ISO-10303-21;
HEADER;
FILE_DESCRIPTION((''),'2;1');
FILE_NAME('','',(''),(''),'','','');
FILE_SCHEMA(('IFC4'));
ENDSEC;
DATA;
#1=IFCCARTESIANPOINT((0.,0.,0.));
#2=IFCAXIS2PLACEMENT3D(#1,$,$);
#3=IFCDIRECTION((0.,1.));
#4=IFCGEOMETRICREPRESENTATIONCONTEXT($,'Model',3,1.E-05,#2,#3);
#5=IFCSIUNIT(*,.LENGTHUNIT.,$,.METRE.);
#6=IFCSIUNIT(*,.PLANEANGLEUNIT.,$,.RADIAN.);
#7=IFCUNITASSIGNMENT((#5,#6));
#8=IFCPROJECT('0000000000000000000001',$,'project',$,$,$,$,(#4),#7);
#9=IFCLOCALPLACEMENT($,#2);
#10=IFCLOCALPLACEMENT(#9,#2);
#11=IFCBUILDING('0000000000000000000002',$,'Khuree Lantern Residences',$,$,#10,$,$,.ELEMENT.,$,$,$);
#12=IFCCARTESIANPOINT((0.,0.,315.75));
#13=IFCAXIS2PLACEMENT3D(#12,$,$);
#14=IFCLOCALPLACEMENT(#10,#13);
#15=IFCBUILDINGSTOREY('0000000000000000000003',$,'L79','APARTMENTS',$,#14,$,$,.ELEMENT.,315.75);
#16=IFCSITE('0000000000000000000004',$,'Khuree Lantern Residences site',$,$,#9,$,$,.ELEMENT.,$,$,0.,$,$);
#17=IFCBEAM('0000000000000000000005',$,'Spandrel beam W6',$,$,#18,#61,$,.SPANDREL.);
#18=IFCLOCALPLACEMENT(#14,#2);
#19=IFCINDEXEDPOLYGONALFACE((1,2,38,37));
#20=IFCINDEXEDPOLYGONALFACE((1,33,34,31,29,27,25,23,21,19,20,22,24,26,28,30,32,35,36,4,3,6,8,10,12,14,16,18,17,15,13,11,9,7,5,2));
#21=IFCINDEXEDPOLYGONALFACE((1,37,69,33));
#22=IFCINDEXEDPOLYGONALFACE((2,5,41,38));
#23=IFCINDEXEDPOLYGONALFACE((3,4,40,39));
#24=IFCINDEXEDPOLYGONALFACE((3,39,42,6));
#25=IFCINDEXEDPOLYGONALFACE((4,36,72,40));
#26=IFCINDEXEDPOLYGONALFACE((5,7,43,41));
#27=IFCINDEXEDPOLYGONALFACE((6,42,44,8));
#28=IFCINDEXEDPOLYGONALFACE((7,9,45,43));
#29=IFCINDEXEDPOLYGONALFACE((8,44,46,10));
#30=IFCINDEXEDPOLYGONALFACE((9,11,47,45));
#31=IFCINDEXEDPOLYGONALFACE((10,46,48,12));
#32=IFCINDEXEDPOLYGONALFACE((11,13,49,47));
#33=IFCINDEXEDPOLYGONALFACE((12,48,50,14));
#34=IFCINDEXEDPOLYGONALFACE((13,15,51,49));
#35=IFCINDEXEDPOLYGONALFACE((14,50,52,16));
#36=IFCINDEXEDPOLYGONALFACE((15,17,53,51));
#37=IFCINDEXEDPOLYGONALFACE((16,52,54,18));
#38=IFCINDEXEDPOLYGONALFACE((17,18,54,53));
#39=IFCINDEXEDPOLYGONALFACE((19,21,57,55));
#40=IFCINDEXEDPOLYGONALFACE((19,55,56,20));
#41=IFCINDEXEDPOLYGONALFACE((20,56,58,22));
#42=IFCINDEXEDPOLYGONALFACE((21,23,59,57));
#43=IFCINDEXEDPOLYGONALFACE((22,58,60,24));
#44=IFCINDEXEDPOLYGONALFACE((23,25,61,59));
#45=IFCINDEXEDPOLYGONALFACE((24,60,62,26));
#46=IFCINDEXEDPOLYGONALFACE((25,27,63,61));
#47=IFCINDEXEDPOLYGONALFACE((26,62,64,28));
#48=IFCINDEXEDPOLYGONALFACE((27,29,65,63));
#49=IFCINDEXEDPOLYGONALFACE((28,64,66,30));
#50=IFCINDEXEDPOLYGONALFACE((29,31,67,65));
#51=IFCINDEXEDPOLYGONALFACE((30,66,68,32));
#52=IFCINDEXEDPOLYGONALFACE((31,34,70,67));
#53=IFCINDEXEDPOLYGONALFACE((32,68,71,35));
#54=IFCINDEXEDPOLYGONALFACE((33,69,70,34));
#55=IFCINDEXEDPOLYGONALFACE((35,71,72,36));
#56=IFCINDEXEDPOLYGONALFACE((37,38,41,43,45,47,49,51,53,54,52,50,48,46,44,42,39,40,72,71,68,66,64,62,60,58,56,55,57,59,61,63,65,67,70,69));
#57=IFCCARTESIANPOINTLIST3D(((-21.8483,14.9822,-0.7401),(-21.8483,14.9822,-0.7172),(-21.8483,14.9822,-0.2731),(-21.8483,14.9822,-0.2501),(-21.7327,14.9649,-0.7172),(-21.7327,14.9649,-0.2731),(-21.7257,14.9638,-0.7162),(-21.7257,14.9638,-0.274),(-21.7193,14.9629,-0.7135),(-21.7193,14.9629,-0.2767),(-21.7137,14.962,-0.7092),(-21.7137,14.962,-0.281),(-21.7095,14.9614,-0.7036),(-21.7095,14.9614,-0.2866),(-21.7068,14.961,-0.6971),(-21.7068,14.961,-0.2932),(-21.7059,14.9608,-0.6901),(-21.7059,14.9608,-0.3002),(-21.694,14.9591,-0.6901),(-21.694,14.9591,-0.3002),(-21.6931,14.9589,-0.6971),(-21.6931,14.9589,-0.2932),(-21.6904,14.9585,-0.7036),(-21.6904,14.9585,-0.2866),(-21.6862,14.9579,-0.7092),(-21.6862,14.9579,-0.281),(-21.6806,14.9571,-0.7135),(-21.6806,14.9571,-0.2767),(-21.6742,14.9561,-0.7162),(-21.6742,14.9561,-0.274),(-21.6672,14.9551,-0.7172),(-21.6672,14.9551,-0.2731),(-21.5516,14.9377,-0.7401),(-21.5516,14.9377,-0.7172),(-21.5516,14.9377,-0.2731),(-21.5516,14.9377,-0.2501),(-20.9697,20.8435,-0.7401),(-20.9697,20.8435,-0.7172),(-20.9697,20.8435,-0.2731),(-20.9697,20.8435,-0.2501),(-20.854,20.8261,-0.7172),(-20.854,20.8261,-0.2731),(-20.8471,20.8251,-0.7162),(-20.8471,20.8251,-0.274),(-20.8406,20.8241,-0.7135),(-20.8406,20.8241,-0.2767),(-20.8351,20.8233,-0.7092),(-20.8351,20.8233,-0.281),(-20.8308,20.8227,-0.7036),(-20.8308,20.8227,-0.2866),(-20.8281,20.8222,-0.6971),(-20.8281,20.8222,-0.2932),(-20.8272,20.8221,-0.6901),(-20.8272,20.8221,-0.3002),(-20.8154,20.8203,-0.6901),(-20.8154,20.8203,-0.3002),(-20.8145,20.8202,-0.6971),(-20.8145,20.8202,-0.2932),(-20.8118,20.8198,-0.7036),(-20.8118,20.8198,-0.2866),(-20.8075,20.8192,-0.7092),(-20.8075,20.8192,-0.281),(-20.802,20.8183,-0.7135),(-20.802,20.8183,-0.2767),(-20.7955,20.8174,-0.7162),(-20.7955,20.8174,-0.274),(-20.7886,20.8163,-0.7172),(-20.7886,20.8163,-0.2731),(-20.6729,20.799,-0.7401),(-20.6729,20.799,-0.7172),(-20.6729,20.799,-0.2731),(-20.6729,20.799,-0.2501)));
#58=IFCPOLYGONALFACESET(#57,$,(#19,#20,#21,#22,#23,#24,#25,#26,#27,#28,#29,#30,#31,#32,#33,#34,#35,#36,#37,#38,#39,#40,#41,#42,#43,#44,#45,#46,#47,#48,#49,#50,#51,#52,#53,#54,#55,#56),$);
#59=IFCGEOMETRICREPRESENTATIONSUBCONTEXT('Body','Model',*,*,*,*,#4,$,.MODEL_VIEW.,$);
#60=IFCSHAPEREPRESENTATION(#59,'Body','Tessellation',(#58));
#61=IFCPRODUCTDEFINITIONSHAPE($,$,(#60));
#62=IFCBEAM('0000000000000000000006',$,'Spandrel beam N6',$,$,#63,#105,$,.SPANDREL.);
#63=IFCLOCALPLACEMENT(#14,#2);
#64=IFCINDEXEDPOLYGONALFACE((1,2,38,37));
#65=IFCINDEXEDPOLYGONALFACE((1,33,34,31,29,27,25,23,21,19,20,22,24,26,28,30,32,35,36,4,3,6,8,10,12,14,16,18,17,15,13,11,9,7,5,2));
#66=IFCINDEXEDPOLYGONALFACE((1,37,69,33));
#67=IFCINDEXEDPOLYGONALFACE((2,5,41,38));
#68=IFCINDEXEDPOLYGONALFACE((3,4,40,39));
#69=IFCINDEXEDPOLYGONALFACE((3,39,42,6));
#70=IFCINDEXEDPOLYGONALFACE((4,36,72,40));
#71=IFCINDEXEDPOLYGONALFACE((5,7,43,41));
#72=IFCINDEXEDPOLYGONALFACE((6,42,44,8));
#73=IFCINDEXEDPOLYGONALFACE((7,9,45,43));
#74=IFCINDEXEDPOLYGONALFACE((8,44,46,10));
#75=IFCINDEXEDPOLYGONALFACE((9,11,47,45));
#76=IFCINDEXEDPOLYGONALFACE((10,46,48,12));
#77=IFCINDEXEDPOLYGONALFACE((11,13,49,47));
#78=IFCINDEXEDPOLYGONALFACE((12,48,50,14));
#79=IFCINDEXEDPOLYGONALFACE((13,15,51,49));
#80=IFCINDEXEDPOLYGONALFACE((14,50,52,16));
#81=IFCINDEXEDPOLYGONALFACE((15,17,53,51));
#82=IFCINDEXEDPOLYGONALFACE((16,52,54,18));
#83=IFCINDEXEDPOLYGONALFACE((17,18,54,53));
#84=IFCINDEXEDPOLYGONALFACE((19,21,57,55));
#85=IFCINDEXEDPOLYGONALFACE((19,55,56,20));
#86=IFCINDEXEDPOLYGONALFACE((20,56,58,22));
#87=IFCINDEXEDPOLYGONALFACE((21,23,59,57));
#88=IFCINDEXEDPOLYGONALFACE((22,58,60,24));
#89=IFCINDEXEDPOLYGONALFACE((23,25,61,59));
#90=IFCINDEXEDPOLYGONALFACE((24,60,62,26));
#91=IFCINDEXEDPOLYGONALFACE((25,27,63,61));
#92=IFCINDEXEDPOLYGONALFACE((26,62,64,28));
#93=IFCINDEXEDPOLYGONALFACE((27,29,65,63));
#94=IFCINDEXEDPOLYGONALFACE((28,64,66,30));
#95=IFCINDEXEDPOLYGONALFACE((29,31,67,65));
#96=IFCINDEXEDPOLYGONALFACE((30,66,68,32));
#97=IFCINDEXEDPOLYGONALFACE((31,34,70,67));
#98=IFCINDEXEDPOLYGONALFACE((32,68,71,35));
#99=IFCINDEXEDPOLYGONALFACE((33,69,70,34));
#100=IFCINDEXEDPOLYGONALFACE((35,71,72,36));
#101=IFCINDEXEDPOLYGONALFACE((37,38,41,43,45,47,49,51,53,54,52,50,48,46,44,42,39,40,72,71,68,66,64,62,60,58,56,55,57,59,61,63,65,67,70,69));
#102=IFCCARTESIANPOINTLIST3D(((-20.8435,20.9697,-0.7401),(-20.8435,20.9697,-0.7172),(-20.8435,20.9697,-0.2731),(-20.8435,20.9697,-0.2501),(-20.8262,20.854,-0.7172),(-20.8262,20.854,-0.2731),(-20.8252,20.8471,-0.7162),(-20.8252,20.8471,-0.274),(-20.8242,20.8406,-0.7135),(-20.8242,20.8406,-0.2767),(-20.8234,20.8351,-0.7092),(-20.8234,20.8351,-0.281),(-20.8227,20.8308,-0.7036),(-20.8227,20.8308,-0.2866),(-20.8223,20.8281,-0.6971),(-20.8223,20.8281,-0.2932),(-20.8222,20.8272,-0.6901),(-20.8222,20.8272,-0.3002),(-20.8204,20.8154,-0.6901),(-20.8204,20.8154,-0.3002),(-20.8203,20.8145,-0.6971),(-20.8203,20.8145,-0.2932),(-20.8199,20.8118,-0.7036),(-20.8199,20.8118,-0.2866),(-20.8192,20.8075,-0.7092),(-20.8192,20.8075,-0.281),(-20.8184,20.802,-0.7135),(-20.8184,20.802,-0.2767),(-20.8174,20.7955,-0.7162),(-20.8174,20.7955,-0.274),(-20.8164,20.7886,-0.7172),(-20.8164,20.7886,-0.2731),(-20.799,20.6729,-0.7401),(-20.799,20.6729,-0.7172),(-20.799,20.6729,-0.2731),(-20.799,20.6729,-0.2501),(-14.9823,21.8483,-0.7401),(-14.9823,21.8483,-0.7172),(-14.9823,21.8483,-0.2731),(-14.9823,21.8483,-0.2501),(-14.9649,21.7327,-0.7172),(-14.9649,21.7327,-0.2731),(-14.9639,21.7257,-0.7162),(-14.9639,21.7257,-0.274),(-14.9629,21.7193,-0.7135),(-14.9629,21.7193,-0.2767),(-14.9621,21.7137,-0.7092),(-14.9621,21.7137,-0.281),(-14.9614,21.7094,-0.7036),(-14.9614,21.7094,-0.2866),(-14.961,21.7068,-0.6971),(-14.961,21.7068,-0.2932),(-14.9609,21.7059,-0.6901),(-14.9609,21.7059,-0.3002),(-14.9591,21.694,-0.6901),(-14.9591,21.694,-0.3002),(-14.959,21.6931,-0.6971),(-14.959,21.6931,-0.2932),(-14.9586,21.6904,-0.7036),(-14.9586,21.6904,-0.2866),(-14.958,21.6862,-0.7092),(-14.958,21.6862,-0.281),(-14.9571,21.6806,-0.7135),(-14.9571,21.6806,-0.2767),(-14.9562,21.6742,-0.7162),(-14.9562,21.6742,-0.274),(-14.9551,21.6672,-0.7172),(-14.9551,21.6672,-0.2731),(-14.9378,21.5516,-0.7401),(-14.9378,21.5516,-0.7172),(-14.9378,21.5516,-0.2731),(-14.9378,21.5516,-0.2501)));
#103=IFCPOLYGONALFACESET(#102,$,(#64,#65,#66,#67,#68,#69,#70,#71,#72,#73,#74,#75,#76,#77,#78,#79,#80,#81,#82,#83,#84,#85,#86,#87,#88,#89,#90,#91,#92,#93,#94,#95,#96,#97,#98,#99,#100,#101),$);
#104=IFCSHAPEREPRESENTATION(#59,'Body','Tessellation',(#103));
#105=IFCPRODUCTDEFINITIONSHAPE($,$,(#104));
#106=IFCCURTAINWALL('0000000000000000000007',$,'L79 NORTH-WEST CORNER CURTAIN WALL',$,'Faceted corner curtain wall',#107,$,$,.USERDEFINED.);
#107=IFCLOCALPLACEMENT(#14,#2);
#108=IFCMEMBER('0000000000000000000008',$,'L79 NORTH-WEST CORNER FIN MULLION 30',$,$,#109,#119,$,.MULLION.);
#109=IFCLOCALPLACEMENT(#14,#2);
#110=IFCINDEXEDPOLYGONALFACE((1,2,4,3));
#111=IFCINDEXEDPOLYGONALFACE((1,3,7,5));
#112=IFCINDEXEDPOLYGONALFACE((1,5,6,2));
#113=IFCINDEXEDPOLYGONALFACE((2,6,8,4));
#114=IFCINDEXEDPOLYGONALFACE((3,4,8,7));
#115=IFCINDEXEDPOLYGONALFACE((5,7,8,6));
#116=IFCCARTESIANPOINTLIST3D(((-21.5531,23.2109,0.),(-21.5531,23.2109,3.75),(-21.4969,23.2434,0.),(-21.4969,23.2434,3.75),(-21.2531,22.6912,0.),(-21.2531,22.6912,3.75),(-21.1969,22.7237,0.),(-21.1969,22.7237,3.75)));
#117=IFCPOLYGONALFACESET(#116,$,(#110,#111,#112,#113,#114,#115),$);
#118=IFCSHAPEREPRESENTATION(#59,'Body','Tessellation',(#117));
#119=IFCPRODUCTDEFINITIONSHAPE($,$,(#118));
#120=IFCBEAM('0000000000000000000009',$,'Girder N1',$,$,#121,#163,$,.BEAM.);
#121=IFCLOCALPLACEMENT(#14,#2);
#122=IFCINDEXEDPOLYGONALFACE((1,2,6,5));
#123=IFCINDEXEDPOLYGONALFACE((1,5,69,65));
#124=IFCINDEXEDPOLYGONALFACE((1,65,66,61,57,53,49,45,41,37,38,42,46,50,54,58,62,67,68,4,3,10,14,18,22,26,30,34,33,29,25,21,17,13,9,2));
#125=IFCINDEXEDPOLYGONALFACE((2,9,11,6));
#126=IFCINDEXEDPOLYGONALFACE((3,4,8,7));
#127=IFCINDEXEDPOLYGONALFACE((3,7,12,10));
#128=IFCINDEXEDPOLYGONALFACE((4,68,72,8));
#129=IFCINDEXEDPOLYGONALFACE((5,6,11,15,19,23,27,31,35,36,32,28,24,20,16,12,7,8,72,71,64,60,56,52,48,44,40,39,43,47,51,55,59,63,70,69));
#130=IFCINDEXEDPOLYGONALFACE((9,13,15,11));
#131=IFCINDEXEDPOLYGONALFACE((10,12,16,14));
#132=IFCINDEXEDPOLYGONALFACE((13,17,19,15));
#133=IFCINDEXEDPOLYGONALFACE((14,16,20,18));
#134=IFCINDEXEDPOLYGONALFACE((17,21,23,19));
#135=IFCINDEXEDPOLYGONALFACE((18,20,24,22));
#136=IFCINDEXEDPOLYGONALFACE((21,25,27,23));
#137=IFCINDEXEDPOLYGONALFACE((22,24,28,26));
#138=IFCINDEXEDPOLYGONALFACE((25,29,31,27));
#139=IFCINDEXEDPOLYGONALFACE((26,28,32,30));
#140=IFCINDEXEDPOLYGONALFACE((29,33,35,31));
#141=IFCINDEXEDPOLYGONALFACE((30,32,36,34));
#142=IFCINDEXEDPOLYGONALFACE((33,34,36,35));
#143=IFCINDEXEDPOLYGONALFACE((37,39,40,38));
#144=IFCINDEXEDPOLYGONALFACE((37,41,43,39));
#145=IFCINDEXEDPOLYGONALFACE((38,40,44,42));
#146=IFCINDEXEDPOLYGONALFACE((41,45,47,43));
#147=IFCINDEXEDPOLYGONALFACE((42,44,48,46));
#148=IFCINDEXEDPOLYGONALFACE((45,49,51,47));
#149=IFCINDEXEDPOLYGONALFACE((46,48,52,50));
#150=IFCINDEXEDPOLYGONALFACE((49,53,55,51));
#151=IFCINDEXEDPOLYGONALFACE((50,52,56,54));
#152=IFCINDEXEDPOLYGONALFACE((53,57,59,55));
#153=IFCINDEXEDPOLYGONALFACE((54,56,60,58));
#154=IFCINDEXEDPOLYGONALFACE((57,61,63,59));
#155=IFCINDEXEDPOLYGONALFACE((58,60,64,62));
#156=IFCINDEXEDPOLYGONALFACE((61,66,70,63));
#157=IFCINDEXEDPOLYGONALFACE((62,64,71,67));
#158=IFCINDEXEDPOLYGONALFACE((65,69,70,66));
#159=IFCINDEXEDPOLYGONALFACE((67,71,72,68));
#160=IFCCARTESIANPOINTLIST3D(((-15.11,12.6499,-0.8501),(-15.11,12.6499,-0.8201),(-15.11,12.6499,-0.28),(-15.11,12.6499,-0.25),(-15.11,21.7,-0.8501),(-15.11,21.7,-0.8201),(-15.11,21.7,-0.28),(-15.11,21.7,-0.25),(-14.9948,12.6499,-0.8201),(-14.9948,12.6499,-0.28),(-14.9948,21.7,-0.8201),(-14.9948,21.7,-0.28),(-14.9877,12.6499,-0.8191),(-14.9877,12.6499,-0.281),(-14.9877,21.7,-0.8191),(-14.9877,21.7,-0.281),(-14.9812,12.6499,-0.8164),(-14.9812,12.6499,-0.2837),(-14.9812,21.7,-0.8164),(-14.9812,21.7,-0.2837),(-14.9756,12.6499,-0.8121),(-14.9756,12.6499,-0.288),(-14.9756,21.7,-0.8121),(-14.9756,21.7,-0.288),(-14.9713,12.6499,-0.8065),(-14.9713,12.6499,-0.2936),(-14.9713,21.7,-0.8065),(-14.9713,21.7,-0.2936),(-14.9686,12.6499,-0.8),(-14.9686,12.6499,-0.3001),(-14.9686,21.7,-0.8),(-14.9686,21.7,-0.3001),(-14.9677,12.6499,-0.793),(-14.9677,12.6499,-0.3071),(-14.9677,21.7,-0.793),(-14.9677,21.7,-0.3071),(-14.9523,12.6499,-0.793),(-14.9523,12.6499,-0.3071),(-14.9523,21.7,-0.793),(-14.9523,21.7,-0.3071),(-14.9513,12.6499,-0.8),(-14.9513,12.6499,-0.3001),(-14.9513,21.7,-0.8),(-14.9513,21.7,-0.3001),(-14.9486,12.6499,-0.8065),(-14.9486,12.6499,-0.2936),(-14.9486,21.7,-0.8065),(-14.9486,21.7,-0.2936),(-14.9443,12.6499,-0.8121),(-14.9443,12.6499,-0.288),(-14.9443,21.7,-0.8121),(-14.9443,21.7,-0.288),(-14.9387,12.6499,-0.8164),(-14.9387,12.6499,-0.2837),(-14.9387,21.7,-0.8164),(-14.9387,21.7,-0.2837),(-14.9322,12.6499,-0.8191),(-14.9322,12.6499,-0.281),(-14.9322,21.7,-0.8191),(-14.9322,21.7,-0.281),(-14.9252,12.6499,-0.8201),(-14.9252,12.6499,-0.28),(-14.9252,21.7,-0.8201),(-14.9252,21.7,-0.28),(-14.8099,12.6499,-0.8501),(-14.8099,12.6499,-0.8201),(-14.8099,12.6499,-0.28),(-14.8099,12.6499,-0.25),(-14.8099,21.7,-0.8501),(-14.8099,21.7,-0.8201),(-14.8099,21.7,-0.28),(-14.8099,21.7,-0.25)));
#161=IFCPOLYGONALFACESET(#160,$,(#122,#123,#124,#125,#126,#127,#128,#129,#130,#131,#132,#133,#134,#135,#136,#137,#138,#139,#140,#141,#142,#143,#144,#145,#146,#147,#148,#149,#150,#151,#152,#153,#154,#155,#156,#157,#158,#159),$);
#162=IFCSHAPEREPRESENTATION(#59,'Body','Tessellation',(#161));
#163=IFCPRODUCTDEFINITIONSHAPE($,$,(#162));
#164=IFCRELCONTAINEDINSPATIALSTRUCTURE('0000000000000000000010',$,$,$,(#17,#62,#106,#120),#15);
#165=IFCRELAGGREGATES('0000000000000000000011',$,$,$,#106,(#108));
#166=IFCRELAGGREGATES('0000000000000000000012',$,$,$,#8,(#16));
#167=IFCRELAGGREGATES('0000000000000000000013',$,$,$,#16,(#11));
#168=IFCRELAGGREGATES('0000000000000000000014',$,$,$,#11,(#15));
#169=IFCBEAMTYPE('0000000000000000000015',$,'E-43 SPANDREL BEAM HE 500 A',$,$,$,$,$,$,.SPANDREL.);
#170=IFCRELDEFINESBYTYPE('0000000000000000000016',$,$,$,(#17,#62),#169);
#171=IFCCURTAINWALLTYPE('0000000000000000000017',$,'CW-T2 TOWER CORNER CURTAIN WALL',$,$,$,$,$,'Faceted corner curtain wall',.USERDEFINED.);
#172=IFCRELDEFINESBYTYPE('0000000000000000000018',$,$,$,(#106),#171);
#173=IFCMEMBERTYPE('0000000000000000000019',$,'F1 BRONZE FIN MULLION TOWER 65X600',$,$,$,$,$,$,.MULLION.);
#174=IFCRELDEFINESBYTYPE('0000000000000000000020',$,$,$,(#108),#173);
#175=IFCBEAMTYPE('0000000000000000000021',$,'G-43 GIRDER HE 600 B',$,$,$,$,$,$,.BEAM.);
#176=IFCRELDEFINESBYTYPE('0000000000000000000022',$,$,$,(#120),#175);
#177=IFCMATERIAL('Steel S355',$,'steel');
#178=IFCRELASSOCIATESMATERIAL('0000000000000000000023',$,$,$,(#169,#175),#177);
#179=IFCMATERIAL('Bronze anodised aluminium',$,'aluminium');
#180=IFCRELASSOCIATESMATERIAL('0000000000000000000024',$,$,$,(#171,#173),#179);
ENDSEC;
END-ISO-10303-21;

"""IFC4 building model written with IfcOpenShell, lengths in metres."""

from ifc_helpers import new_model, si_unit, direction, frame, origin, origin_2d, place, context, subcontext, project, spatial, rectangle, i_section, extrude, material, material_profile, profile_set, type_object, element, aggregate, save


model = new_model("IFC4")

# Units and contexts
model_context = context("Model", 3, precision=1e-05, world=origin(), true_north=direction((0.0, 1.0)))
body_context = subcontext(model_context, "Body", "Model", "MODEL_VIEW")
ifc_project = project(units=[si_unit("LENGTHUNIT", "METRE"), si_unit("PLANEANGLEUNIT", "RADIAN")], contexts=[model_context])

# Site, building, storey
site_placement = place(None, origin())
site = spatial("IfcSite", under=ifc_project, at=site_placement, Name="Khuree Lantern Residences site", CompositionType="ELEMENT", RefElevation=0.0)
building_placement = place(site_placement, origin())
building = spatial("IfcBuilding", under=site, at=building_placement, Name="Khuree Lantern Residences", CompositionType="ELEMENT")
storey_placement = place(building_placement, frame((0.0, 0.0, 315.75)))
storey = spatial("IfcBuildingStorey", under=building, at=storey_placement, Name="L79", Description="APARTMENTS", CompositionType="ELEMENT", Elevation=315.75)

# Beams
ifc_material_1 = material(Name="Steel S355", Category="steel")
ifc_material_profile_1 = material_profile(ifc_material_1, i_section(OverallWidth=0.3, OverallDepth=0.49, WebThickness=0.012, FlangeThickness=0.0229, FilletRadius=0.0271, at=origin_2d()), Name="HE 500 A")
ifc_profile_set_1 = profile_set([ifc_material_profile_1], Name="Steel S355")
beam_type_1 = type_object("IfcBeamType", Name="E-43 SPANDREL BEAM HE 500 A", PredefinedType="SPANDREL", material=ifc_profile_set_1)
for number, where, z_axis, x_axis, name in (
    (1, (-21.7, 14.96, -0.4951), (0.148252, 0.98895, 0.0), (-0.98895, 0.148252, 0.0), "Spandrel beam W6"),
    (2, (-20.8213, 20.8213, -0.4951), (0.98895, 0.148252, 0.0), (-0.148252, 0.98895, 0.0), "Spandrel beam N6"),
):
    element("IfcBeam", number, at=place(storey_placement, frame(where, z_axis=z_axis, x_axis=x_axis)), inside=storey, type_object=beam_type_1, Name=name, PredefinedType="SPANDREL", context=body_context, shape_type="SweptSolid", body=[
        extrude(i_section(OverallWidth=0.3, OverallDepth=0.49, WebThickness=0.012, FlangeThickness=0.0229, FilletRadius=0.0271, at=origin_2d()), origin(), (0.0, 0.0, 1.0), 5.9268),
    ])

# Curtain wall, member
ifc_material_2 = material(Name="Bronze anodised aluminium", Category="aluminium")
curtain_wall_type_1 = type_object("IfcCurtainWallType", Name="CW-T2 TOWER CORNER CURTAIN WALL", ElementType="Faceted corner curtain wall", PredefinedType="USERDEFINED", material=ifc_material_2)
curtain_wall_1_placement = place(storey_placement, origin())
curtain_wall_1 = element("IfcCurtainWall", 3, at=curtain_wall_1_placement, inside=storey, type_object=curtain_wall_type_1, Name="L79 NORTH-WEST CORNER CURTAIN WALL", ObjectType="Faceted corner curtain wall", PredefinedType="USERDEFINED")
ifc_material_profile_2 = material_profile(ifc_material_2, rectangle(XDim=0.0649, YDim=0.6001, at=origin_2d()), Name="F1 65X600")
ifc_profile_set_2 = profile_set([ifc_material_profile_2], Name="Bronze anodised aluminium")
member_type_1 = type_object("IfcMemberType", Name="F1 BRONZE FIN MULLION TOWER 65X600", PredefinedType="MULLION", material=ifc_profile_set_2)
member_1_placement = place(storey_placement, frame((-21.375, 22.9673, 0.0), z_axis=(0.0, 0.0, 1.0), x_axis=(-0.866025, -0.5, 0.0)))
member_1 = element("IfcMember", 4, at=member_1_placement, type_object=member_type_1, Name="L79 NORTH-WEST CORNER FIN MULLION 30", PredefinedType="MULLION", context=body_context, shape_type="SweptSolid", body=[
    extrude(rectangle(XDim=0.0649, YDim=0.6001, at=origin_2d()), origin(), (0.0, 0.0, 1.0), 3.75),
])

# Beam
ifc_material_profile_3 = material_profile(ifc_material_1, i_section(OverallWidth=0.3, OverallDepth=0.6001, WebThickness=0.0154, FlangeThickness=0.03, FilletRadius=0.0271, at=origin_2d()), Name="HE 600 B")
ifc_profile_set_3 = profile_set([ifc_material_profile_3], Name="Steel S355")
beam_type_2 = type_object("IfcBeamType", Name="G-43 GIRDER HE 600 B", PredefinedType="BEAM", material=ifc_profile_set_3)
beam_1_placement = place(storey_placement, frame((-14.96, 21.7, -0.55), z_axis=(0.0, -1.0, 0.0), x_axis=(1.0, 0.0, 0.0)))
element("IfcBeam", 5, at=beam_1_placement, inside=storey, type_object=beam_type_2, Name="Girder N1", PredefinedType="BEAM", context=body_context, shape_type="SweptSolid", body=[
    extrude(i_section(OverallWidth=0.3, OverallDepth=0.6001, WebThickness=0.0154, FlangeThickness=0.03, FilletRadius=0.0271, at=origin_2d()), origin(), (0.0, 0.0, 1.0), 9.05),
])

aggregate(curtain_wall_1, [member_1])

save(model, "model.ifc")
